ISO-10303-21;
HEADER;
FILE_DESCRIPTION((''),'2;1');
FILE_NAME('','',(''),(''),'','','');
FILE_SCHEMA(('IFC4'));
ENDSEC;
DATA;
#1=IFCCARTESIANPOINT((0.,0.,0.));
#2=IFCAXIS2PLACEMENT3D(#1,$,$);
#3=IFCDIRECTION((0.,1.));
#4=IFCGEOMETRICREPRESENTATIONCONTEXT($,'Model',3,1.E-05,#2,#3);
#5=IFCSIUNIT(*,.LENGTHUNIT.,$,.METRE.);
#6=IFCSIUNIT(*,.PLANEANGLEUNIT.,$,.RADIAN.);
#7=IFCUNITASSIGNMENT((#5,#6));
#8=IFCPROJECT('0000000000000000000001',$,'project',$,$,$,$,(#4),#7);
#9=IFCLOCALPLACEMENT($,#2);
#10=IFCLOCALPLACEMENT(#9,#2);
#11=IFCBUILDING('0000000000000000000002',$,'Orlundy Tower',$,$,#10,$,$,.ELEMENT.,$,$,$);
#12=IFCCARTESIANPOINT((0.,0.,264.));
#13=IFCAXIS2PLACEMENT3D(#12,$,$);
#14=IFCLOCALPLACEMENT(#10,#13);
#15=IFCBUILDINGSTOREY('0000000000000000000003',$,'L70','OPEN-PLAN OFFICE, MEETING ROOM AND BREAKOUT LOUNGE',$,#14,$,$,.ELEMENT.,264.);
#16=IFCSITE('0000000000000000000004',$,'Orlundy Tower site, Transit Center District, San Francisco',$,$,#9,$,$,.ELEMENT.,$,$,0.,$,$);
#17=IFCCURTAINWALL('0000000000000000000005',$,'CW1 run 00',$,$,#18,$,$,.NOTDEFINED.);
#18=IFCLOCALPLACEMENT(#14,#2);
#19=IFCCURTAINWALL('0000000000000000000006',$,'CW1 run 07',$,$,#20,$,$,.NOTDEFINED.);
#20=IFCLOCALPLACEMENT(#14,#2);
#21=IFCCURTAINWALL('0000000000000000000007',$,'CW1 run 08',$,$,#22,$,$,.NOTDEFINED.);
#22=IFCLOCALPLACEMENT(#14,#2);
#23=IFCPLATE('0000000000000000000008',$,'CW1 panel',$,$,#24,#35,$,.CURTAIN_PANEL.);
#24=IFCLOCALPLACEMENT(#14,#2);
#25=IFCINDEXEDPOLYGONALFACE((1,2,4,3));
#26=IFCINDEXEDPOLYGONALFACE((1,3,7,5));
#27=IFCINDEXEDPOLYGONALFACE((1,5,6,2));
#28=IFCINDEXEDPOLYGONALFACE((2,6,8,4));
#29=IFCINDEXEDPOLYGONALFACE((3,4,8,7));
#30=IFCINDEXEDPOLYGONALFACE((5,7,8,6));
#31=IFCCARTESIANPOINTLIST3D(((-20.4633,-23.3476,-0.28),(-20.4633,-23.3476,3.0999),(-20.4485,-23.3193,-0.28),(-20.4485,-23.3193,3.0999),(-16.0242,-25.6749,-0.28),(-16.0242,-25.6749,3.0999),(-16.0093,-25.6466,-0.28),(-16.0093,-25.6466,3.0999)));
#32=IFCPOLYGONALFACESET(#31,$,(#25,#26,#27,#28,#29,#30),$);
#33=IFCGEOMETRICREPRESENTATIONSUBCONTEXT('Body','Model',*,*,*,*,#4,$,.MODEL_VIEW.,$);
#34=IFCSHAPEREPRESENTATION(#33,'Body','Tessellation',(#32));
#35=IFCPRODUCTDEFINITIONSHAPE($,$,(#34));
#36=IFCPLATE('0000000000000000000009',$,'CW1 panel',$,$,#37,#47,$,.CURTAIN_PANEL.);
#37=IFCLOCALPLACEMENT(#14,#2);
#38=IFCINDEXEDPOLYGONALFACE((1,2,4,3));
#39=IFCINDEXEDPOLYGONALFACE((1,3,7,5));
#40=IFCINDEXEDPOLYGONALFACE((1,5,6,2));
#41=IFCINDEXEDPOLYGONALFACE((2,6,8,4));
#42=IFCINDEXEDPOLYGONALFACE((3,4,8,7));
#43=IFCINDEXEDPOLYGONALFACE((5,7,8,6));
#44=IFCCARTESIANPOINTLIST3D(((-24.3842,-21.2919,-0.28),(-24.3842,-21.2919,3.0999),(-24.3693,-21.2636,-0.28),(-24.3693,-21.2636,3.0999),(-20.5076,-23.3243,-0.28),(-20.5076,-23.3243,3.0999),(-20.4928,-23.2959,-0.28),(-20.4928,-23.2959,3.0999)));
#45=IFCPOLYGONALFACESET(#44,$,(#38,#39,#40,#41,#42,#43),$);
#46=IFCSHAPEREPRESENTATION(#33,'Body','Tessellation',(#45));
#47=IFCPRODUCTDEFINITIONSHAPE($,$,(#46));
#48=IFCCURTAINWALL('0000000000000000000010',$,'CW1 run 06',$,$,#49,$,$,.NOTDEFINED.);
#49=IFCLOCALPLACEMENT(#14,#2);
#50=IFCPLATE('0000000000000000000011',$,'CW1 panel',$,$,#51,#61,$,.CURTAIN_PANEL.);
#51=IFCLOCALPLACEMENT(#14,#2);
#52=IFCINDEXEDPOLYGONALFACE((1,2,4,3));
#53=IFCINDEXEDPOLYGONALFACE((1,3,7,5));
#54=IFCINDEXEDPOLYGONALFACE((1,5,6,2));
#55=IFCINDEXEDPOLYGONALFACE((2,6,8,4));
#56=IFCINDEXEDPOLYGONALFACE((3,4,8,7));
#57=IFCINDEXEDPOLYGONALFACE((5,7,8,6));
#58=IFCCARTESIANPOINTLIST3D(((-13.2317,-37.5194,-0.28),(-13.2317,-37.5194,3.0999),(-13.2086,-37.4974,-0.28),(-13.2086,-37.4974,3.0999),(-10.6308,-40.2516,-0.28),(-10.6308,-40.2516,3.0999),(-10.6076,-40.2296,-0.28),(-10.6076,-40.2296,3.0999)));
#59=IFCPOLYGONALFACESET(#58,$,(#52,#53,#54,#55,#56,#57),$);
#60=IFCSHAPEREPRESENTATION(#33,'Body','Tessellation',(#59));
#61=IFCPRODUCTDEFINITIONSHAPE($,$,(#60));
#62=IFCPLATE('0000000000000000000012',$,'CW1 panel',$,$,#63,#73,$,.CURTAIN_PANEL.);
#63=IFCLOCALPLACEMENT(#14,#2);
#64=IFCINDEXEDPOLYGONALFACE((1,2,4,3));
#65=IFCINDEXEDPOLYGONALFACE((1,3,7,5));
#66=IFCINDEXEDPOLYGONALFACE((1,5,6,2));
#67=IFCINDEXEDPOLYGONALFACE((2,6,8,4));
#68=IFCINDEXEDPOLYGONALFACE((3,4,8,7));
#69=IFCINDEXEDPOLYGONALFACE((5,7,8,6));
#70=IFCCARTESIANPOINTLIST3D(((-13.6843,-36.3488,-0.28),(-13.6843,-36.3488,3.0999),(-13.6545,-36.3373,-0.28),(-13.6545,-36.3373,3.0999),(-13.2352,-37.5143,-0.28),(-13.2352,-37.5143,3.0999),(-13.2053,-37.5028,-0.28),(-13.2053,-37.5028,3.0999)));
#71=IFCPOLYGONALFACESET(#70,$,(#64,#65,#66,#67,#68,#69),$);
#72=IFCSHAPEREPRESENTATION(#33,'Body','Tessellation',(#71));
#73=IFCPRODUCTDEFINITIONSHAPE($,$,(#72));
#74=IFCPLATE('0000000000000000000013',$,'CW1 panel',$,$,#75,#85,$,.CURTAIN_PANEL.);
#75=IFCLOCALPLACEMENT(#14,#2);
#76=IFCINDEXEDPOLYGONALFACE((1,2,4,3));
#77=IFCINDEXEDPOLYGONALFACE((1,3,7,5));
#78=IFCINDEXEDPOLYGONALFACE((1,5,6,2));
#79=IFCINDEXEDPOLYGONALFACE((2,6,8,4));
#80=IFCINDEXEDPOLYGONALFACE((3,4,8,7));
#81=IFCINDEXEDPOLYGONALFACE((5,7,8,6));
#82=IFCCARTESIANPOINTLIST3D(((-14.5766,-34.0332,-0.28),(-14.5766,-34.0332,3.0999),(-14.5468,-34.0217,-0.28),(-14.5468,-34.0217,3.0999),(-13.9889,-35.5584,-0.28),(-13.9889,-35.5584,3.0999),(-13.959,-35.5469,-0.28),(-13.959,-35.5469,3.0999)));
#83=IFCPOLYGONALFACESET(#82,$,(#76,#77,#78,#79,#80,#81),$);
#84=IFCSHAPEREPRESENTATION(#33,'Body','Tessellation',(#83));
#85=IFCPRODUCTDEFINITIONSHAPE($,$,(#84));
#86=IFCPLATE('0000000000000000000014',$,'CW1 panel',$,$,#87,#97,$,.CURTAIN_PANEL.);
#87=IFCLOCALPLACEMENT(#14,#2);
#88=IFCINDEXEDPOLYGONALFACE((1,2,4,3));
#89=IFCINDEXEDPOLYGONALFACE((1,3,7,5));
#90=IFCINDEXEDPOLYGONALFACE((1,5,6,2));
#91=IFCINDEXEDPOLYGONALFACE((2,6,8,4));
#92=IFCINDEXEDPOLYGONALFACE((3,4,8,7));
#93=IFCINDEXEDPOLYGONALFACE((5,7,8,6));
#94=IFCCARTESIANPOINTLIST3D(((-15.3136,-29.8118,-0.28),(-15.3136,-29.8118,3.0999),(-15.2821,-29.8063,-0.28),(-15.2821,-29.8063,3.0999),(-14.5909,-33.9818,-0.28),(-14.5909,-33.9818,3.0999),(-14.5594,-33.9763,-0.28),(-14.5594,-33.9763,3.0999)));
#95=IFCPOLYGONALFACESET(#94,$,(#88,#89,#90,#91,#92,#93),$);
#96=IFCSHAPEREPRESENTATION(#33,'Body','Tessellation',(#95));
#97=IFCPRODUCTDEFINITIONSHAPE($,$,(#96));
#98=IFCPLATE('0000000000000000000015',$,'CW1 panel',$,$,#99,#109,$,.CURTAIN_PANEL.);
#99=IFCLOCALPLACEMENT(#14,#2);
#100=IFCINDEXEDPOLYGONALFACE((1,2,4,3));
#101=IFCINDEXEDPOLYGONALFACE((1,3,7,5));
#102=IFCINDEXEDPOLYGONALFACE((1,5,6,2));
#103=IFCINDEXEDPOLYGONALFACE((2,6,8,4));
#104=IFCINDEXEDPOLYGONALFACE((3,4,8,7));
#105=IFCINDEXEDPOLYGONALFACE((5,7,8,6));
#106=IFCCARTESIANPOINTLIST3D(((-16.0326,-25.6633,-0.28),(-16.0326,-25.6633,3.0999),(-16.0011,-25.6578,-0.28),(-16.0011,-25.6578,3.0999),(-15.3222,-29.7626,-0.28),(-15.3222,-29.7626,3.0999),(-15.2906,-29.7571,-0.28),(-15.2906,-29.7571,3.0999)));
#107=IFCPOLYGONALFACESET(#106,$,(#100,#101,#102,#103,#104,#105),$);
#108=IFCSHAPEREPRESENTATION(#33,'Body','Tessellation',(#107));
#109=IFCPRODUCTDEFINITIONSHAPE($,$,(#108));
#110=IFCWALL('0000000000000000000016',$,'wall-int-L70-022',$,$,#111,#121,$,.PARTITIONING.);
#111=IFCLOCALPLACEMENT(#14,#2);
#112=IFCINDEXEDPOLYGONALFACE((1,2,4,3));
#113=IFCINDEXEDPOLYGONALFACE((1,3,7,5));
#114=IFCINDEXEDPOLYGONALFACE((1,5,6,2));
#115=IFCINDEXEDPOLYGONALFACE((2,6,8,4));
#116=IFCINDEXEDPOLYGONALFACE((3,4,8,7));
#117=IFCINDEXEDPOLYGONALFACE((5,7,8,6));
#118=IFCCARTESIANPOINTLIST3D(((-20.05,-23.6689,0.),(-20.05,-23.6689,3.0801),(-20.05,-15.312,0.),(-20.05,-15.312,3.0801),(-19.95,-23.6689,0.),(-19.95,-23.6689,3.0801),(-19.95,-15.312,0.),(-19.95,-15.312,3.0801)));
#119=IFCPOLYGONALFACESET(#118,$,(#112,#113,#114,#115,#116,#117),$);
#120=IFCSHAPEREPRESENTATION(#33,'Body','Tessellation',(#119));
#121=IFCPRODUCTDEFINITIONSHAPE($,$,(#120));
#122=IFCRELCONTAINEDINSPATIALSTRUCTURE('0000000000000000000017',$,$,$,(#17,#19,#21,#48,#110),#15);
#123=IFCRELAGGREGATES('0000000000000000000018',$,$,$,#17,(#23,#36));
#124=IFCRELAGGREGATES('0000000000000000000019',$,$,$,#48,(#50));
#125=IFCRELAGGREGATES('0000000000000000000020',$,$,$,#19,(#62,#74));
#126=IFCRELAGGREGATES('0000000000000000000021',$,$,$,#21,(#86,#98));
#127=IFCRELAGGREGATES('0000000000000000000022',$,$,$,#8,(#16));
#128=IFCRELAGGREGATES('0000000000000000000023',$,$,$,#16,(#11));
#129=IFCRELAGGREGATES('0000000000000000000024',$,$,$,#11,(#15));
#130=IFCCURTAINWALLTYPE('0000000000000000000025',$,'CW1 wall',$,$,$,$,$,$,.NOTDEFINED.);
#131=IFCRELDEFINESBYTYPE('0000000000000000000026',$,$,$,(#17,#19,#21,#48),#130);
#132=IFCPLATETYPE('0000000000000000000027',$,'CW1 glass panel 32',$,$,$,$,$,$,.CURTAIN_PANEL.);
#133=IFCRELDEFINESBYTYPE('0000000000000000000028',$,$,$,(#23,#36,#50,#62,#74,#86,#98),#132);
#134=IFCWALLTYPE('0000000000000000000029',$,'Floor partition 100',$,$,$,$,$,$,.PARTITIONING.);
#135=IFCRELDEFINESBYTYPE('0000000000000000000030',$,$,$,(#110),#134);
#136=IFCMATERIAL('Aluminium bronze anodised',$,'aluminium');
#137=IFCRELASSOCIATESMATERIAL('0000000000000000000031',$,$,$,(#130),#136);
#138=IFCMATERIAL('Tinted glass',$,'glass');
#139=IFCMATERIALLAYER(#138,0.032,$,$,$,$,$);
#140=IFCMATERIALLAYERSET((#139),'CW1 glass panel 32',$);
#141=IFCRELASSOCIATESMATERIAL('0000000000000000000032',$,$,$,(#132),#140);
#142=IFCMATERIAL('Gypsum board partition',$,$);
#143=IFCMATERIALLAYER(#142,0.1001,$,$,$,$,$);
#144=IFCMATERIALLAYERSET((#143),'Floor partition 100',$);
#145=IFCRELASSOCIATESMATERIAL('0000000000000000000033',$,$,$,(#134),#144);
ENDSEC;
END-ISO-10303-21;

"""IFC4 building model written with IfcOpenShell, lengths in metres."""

from ifc_helpers import new_model, si_unit, direction, frame, frame_2d, origin, origin_2d, place, context, subcontext, project, spatial, rectangle, extrude, material, layer, layer_set, type_object, element, aggregate, save


model = new_model("IFC4")

# Units and contexts
model_context = context("Model", 3, precision=1e-05, world=origin(), true_north=direction((0.0, 1.0)))
body_context = subcontext(model_context, "Body", "Model", "MODEL_VIEW")
ifc_project = project(units=[si_unit("LENGTHUNIT", "METRE"), si_unit("PLANEANGLEUNIT", "RADIAN")], contexts=[model_context])

# Site, building, storey
site_placement = place(None, origin())
site = spatial("IfcSite", under=ifc_project, at=site_placement, Name="Orlundy Tower site, Transit Center District, San Francisco", CompositionType="ELEMENT", RefElevation=0.0)
building_placement = place(site_placement, origin())
building = spatial("IfcBuilding", under=site, at=building_placement, Name="Orlundy Tower", CompositionType="ELEMENT")
storey_placement = place(building_placement, frame((0.0, 0.0, 264.0)))
storey = spatial("IfcBuildingStorey", under=building, at=storey_placement, Name="L70", Description="OPEN-PLAN OFFICE, MEETING ROOM AND BREAKOUT LOUNGE", CompositionType="ELEMENT", Elevation=264.0)

# Curtain walls
ifc_material_1 = material(Name="Aluminium bronze anodised", Category="aluminium")
curtain_wall_type = type_object("IfcCurtainWallType", Name="CW1 wall", PredefinedType="NOTDEFINED", material=ifc_material_1)
curtain_wall_1_placement = place(storey_placement, origin())
curtain_wall_1 = element("IfcCurtainWall", 1, at=curtain_wall_1_placement, inside=storey, type_object=curtain_wall_type, Name="CW1 run 00", PredefinedType="NOTDEFINED")
curtain_wall_2_placement = place(storey_placement, origin())
curtain_wall_2 = element("IfcCurtainWall", 2, at=curtain_wall_2_placement, inside=storey, type_object=curtain_wall_type, Name="CW1 run 07", PredefinedType="NOTDEFINED")

# Curtain wall
curtain_wall_3_placement = place(storey_placement, origin())
curtain_wall_3 = element("IfcCurtainWall", 3, at=curtain_wall_3_placement, inside=storey, type_object=curtain_wall_type, Name="CW1 run 08", PredefinedType="NOTDEFINED")

# Plates
ifc_material_2 = material(Name="Tinted glass", Category="glass")
ifc_layer_1 = layer(ifc_material_2, 0.032)
ifc_layer_set_1 = layer_set([ifc_layer_1], Name="CW1 glass panel 32")
plate_type = type_object("IfcPlateType", Name="CW1 glass panel 32", PredefinedType="CURTAIN_PANEL", material=ifc_layer_set_1)
plate_1_placement = place(storey_placement, frame((-18.2363, -24.4971, -0.28), z_axis=(0.0, 0.0, 1.0), x_axis=(-0.885665, 0.464325, 0.0)))
plate_1 = element("IfcPlate", 4, at=plate_1_placement, type_object=plate_type, Name="CW1 panel", PredefinedType="CURTAIN_PANEL", context=body_context, shape_type="SweptSolid", body=[
    extrude(rectangle(XDim=5.0122, YDim=0.032, at=origin_2d()), origin(), (0.0, 0.0, 1.0), 3.3799),
])
plate_2_placement = place(storey_placement, frame((-22.4385, -22.2939, -0.28), z_axis=(0.0, 0.0, 1.0), x_axis=(-0.885665, 0.464325, 0.0)))
plate_2 = element("IfcPlate", 5, at=plate_2_placement, type_object=plate_type, Name="CW1 panel", PredefinedType="CURTAIN_PANEL", context=body_context, shape_type="SweptSolid", body=[
    extrude(rectangle(XDim=4.377, YDim=0.032, at=origin_2d()), origin(), (0.0, 0.0, 1.0), 3.3799),
])
aggregate(curtain_wall_1, [plate_1, plate_2])

# Curtain wall, plate
curtain_wall_4_placement = place(storey_placement, origin())
curtain_wall_4 = element("IfcCurtainWall", 6, at=curtain_wall_4_placement, inside=storey, type_object=curtain_wall_type, Name="CW1 run 06", PredefinedType="NOTDEFINED")
plate_3_placement = place(storey_placement, frame((-11.9197, -38.8745, -0.28), z_axis=(0.0, 0.0, 1.0), x_axis=(-0.689493, 0.724292, 0.0)))
plate_3 = element("IfcPlate", 7, at=plate_3_placement, type_object=plate_type, Name="CW1 panel", PredefinedType="CURTAIN_PANEL", context=body_context, shape_type="SweptSolid", body=[
    extrude(rectangle(XDim=3.7722, YDim=0.032, at=origin_2d()), origin(), (0.0, 0.0, 1.0), 3.3799),
])
aggregate(curtain_wall_4, [plate_3])

# Plates
plate_4_placement = place(storey_placement, frame((-13.4448, -36.9258, -0.28), z_axis=(0.0, 0.0, 1.0), x_axis=(-0.359594, 0.933109, 0.0)))
plate_4 = element("IfcPlate", 8, at=plate_4_placement, type_object=plate_type, Name="CW1 panel", PredefinedType="CURTAIN_PANEL", context=body_context, shape_type="SweptSolid", body=[
    extrude(rectangle(XDim=1.249, YDim=0.032, at=origin_2d()), origin(), (0.0, 0.0, 1.0), 3.3799),
])
plate_5_placement = place(storey_placement, frame((-14.2678, -34.79, -0.28), z_axis=(0.0, 0.0, 1.0), x_axis=(-0.359594, 0.933109, 0.0)))
plate_5 = element("IfcPlate", 9, at=plate_5_placement, type_object=plate_type, Name="CW1 panel", PredefinedType="CURTAIN_PANEL", context=body_context, shape_type="SweptSolid", body=[
    extrude(rectangle(XDim=1.6345, YDim=0.032, at=origin_2d()), origin(), (0.0, 0.0, 1.0), 3.3799),
])
aggregate(curtain_wall_2, [plate_4, plate_5])
plate_6_placement = place(storey_placement, frame((-14.9365, -31.894, -0.28), z_axis=(0.0, 0.0, 1.0), x_axis=(-0.170762, 0.985312, 0.0)))
plate_6 = element("IfcPlate", 10, at=plate_6_placement, type_object=plate_type, Name="CW1 panel", PredefinedType="CURTAIN_PANEL", context=body_context, shape_type="SweptSolid", body=[
    extrude(rectangle(XDim=4.2322, YDim=0.032, at=origin_2d()), origin(), (0.0, 0.0, 1.0), 3.3799),
])
plate_7_placement = place(storey_placement, frame((-15.6616, -27.7102, -0.28), z_axis=(0.0, 0.0, 1.0), x_axis=(-0.170762, 0.985312, 0.0)))
plate_7 = element("IfcPlate", 11, at=plate_7_placement, type_object=plate_type, Name="CW1 panel", PredefinedType="CURTAIN_PANEL", context=body_context, shape_type="SweptSolid", body=[
    extrude(rectangle(XDim=4.1604, YDim=0.032, at=origin_2d()), origin(), (0.0, 0.0, 1.0), 3.3799),
])
aggregate(curtain_wall_3, [plate_6, plate_7])

# Wall
ifc_material_3 = material(Name="Gypsum board partition")
ifc_layer_2 = layer(ifc_material_3, 0.1001)
ifc_layer_set_2 = layer_set([ifc_layer_2], Name="Floor partition 100")
wall_type = type_object("IfcWallType", Name="Floor partition 100", PredefinedType="PARTITIONING", material=ifc_layer_set_2)
wall_placement = place(storey_placement, frame((-20.0, -23.6689, 0.0), z_axis=(0.0, 0.0, 1.0), x_axis=(0.0, 1.0, 0.0)))
element("IfcWall", 12, at=wall_placement, inside=storey, type_object=wall_type, Name="wall-int-L70-022", PredefinedType="PARTITIONING", context=body_context, shape_type="SweptSolid", body=[
    extrude(rectangle(XDim=8.3569, YDim=0.1001, at=frame_2d((4.1785, 0.0))), origin(), (0.0, 0.0, 1.0), 3.0801),
])

save(model, "model.ifc")
